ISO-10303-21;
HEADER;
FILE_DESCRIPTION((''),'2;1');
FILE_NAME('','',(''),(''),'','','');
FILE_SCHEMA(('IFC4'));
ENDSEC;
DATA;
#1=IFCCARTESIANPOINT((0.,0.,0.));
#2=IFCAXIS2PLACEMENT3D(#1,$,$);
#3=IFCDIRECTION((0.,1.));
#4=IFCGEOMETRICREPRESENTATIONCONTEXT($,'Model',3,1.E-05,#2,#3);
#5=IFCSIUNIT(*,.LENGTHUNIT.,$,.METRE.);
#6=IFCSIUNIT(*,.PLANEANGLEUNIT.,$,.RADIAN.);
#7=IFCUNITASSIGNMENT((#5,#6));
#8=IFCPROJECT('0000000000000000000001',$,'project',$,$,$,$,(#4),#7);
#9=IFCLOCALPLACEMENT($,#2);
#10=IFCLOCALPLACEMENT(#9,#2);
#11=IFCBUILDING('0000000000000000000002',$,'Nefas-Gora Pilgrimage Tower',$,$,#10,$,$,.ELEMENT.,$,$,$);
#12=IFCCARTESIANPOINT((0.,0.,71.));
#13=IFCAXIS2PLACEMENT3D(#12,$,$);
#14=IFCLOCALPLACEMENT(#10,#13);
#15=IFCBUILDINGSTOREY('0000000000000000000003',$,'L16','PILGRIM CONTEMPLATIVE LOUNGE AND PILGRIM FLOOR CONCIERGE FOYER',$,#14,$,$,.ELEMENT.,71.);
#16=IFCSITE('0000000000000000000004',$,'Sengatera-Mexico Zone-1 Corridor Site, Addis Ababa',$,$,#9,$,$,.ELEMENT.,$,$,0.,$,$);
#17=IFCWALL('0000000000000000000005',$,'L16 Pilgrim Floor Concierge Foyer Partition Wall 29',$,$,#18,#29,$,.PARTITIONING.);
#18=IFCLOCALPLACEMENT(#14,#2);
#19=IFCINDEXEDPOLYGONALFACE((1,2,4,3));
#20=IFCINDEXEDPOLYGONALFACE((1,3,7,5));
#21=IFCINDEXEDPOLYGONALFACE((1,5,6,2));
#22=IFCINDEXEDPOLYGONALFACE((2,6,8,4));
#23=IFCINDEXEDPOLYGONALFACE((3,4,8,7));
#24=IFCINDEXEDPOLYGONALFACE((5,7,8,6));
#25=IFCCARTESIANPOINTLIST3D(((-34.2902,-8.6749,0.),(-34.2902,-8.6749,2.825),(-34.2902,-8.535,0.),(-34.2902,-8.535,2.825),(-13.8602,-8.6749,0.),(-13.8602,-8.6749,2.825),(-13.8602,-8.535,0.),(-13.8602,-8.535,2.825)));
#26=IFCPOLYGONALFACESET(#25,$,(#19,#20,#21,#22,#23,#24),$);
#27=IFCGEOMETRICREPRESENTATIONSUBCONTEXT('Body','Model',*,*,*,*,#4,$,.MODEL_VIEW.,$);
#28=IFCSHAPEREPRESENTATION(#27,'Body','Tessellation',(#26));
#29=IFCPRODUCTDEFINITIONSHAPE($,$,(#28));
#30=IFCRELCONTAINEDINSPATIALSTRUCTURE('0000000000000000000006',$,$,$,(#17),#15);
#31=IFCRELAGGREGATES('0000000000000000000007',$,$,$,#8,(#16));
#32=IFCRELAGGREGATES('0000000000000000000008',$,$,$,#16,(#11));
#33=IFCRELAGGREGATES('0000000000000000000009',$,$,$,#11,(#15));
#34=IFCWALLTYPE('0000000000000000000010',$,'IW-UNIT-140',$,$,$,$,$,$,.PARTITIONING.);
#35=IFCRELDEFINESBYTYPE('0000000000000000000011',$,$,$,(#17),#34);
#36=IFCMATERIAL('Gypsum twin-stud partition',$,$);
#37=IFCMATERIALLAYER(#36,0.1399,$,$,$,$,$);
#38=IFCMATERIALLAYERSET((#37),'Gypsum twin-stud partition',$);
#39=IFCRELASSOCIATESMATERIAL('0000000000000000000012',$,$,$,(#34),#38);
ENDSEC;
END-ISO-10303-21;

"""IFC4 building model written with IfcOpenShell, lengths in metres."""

from ifc_helpers import new_model, si_unit, direction, frame, frame_2d, origin, place, context, subcontext, project, spatial, rectangle, extrude, source, transform, mapped, material, layer, layer_set, type_object, element, save


model = new_model("IFC4")

# Units and contexts
model_context = context("Model", 3, precision=1e-05, world=origin(), true_north=direction((0.0, 1.0)))
body_context = subcontext(model_context, "Body", "Model", "MODEL_VIEW")
ifc_project = project(units=[si_unit("LENGTHUNIT", "METRE"), si_unit("PLANEANGLEUNIT", "RADIAN")], contexts=[model_context])

# Site, building, storey
site_placement = place(None, origin())
site = spatial("IfcSite", under=ifc_project, at=site_placement, Name="Sengatera-Mexico Zone-1 Corridor Site, Addis Ababa", CompositionType="ELEMENT", RefElevation=0.0)
building_placement = place(site_placement, origin())
building = spatial("IfcBuilding", under=site, at=building_placement, Name="Nefas-Gora Pilgrimage Tower", CompositionType="ELEMENT")
storey_placement = place(building_placement, frame((0.0, 0.0, 71.0)))
storey = spatial("IfcBuildingStorey", under=building, at=storey_placement, Name="L16", Description="PILGRIM CONTEMPLATIVE LOUNGE AND PILGRIM FLOOR CONCIERGE FOYER", CompositionType="ELEMENT", Elevation=71.0)

# Wall
ifc_material_1 = material(Name="Gypsum twin-stud partition")
ifc_layer_1 = layer(ifc_material_1, 0.1399)
ifc_layer_set_1 = layer_set([ifc_layer_1], Name="Gypsum twin-stud partition")
wall_type_1 = type_object("IfcWallType", Name="IW-UNIT-140", PredefinedType="PARTITIONING", material=ifc_layer_set_1)
shared_shape_1 = source(origin(), body_context, "Body", "SweptSolid", [
    extrude(rectangle(XDim=20.4299, YDim=0.1399, at=frame_2d((10.2148, 0.0))), origin(), (0.0, 0.0, 1.0), 2.825),
])
wall_1_placement = place(storey_placement, frame((-34.29, -8.605, 0.0), z_axis=(0.0, 0.0, 1.0), x_axis=(1.0, 0.0, 0.0)))
element("IfcWall", 1, at=wall_1_placement, inside=storey, type_object=wall_type_1, Name="L16 Pilgrim Floor Concierge Foyer Partition Wall 29", PredefinedType="PARTITIONING", context=body_context, shape_type="MappedRepresentation", body=[
    mapped(shared_shape_1, transform((0.0, 0.0, 0.0), x_axis=(1.0, 0.0, 0.0), y_axis=(0.0, 1.0, 0.0), z_axis=(0.0, 0.0, 1.0), scale=1.0)),
])

save(model, "model.ifc")
